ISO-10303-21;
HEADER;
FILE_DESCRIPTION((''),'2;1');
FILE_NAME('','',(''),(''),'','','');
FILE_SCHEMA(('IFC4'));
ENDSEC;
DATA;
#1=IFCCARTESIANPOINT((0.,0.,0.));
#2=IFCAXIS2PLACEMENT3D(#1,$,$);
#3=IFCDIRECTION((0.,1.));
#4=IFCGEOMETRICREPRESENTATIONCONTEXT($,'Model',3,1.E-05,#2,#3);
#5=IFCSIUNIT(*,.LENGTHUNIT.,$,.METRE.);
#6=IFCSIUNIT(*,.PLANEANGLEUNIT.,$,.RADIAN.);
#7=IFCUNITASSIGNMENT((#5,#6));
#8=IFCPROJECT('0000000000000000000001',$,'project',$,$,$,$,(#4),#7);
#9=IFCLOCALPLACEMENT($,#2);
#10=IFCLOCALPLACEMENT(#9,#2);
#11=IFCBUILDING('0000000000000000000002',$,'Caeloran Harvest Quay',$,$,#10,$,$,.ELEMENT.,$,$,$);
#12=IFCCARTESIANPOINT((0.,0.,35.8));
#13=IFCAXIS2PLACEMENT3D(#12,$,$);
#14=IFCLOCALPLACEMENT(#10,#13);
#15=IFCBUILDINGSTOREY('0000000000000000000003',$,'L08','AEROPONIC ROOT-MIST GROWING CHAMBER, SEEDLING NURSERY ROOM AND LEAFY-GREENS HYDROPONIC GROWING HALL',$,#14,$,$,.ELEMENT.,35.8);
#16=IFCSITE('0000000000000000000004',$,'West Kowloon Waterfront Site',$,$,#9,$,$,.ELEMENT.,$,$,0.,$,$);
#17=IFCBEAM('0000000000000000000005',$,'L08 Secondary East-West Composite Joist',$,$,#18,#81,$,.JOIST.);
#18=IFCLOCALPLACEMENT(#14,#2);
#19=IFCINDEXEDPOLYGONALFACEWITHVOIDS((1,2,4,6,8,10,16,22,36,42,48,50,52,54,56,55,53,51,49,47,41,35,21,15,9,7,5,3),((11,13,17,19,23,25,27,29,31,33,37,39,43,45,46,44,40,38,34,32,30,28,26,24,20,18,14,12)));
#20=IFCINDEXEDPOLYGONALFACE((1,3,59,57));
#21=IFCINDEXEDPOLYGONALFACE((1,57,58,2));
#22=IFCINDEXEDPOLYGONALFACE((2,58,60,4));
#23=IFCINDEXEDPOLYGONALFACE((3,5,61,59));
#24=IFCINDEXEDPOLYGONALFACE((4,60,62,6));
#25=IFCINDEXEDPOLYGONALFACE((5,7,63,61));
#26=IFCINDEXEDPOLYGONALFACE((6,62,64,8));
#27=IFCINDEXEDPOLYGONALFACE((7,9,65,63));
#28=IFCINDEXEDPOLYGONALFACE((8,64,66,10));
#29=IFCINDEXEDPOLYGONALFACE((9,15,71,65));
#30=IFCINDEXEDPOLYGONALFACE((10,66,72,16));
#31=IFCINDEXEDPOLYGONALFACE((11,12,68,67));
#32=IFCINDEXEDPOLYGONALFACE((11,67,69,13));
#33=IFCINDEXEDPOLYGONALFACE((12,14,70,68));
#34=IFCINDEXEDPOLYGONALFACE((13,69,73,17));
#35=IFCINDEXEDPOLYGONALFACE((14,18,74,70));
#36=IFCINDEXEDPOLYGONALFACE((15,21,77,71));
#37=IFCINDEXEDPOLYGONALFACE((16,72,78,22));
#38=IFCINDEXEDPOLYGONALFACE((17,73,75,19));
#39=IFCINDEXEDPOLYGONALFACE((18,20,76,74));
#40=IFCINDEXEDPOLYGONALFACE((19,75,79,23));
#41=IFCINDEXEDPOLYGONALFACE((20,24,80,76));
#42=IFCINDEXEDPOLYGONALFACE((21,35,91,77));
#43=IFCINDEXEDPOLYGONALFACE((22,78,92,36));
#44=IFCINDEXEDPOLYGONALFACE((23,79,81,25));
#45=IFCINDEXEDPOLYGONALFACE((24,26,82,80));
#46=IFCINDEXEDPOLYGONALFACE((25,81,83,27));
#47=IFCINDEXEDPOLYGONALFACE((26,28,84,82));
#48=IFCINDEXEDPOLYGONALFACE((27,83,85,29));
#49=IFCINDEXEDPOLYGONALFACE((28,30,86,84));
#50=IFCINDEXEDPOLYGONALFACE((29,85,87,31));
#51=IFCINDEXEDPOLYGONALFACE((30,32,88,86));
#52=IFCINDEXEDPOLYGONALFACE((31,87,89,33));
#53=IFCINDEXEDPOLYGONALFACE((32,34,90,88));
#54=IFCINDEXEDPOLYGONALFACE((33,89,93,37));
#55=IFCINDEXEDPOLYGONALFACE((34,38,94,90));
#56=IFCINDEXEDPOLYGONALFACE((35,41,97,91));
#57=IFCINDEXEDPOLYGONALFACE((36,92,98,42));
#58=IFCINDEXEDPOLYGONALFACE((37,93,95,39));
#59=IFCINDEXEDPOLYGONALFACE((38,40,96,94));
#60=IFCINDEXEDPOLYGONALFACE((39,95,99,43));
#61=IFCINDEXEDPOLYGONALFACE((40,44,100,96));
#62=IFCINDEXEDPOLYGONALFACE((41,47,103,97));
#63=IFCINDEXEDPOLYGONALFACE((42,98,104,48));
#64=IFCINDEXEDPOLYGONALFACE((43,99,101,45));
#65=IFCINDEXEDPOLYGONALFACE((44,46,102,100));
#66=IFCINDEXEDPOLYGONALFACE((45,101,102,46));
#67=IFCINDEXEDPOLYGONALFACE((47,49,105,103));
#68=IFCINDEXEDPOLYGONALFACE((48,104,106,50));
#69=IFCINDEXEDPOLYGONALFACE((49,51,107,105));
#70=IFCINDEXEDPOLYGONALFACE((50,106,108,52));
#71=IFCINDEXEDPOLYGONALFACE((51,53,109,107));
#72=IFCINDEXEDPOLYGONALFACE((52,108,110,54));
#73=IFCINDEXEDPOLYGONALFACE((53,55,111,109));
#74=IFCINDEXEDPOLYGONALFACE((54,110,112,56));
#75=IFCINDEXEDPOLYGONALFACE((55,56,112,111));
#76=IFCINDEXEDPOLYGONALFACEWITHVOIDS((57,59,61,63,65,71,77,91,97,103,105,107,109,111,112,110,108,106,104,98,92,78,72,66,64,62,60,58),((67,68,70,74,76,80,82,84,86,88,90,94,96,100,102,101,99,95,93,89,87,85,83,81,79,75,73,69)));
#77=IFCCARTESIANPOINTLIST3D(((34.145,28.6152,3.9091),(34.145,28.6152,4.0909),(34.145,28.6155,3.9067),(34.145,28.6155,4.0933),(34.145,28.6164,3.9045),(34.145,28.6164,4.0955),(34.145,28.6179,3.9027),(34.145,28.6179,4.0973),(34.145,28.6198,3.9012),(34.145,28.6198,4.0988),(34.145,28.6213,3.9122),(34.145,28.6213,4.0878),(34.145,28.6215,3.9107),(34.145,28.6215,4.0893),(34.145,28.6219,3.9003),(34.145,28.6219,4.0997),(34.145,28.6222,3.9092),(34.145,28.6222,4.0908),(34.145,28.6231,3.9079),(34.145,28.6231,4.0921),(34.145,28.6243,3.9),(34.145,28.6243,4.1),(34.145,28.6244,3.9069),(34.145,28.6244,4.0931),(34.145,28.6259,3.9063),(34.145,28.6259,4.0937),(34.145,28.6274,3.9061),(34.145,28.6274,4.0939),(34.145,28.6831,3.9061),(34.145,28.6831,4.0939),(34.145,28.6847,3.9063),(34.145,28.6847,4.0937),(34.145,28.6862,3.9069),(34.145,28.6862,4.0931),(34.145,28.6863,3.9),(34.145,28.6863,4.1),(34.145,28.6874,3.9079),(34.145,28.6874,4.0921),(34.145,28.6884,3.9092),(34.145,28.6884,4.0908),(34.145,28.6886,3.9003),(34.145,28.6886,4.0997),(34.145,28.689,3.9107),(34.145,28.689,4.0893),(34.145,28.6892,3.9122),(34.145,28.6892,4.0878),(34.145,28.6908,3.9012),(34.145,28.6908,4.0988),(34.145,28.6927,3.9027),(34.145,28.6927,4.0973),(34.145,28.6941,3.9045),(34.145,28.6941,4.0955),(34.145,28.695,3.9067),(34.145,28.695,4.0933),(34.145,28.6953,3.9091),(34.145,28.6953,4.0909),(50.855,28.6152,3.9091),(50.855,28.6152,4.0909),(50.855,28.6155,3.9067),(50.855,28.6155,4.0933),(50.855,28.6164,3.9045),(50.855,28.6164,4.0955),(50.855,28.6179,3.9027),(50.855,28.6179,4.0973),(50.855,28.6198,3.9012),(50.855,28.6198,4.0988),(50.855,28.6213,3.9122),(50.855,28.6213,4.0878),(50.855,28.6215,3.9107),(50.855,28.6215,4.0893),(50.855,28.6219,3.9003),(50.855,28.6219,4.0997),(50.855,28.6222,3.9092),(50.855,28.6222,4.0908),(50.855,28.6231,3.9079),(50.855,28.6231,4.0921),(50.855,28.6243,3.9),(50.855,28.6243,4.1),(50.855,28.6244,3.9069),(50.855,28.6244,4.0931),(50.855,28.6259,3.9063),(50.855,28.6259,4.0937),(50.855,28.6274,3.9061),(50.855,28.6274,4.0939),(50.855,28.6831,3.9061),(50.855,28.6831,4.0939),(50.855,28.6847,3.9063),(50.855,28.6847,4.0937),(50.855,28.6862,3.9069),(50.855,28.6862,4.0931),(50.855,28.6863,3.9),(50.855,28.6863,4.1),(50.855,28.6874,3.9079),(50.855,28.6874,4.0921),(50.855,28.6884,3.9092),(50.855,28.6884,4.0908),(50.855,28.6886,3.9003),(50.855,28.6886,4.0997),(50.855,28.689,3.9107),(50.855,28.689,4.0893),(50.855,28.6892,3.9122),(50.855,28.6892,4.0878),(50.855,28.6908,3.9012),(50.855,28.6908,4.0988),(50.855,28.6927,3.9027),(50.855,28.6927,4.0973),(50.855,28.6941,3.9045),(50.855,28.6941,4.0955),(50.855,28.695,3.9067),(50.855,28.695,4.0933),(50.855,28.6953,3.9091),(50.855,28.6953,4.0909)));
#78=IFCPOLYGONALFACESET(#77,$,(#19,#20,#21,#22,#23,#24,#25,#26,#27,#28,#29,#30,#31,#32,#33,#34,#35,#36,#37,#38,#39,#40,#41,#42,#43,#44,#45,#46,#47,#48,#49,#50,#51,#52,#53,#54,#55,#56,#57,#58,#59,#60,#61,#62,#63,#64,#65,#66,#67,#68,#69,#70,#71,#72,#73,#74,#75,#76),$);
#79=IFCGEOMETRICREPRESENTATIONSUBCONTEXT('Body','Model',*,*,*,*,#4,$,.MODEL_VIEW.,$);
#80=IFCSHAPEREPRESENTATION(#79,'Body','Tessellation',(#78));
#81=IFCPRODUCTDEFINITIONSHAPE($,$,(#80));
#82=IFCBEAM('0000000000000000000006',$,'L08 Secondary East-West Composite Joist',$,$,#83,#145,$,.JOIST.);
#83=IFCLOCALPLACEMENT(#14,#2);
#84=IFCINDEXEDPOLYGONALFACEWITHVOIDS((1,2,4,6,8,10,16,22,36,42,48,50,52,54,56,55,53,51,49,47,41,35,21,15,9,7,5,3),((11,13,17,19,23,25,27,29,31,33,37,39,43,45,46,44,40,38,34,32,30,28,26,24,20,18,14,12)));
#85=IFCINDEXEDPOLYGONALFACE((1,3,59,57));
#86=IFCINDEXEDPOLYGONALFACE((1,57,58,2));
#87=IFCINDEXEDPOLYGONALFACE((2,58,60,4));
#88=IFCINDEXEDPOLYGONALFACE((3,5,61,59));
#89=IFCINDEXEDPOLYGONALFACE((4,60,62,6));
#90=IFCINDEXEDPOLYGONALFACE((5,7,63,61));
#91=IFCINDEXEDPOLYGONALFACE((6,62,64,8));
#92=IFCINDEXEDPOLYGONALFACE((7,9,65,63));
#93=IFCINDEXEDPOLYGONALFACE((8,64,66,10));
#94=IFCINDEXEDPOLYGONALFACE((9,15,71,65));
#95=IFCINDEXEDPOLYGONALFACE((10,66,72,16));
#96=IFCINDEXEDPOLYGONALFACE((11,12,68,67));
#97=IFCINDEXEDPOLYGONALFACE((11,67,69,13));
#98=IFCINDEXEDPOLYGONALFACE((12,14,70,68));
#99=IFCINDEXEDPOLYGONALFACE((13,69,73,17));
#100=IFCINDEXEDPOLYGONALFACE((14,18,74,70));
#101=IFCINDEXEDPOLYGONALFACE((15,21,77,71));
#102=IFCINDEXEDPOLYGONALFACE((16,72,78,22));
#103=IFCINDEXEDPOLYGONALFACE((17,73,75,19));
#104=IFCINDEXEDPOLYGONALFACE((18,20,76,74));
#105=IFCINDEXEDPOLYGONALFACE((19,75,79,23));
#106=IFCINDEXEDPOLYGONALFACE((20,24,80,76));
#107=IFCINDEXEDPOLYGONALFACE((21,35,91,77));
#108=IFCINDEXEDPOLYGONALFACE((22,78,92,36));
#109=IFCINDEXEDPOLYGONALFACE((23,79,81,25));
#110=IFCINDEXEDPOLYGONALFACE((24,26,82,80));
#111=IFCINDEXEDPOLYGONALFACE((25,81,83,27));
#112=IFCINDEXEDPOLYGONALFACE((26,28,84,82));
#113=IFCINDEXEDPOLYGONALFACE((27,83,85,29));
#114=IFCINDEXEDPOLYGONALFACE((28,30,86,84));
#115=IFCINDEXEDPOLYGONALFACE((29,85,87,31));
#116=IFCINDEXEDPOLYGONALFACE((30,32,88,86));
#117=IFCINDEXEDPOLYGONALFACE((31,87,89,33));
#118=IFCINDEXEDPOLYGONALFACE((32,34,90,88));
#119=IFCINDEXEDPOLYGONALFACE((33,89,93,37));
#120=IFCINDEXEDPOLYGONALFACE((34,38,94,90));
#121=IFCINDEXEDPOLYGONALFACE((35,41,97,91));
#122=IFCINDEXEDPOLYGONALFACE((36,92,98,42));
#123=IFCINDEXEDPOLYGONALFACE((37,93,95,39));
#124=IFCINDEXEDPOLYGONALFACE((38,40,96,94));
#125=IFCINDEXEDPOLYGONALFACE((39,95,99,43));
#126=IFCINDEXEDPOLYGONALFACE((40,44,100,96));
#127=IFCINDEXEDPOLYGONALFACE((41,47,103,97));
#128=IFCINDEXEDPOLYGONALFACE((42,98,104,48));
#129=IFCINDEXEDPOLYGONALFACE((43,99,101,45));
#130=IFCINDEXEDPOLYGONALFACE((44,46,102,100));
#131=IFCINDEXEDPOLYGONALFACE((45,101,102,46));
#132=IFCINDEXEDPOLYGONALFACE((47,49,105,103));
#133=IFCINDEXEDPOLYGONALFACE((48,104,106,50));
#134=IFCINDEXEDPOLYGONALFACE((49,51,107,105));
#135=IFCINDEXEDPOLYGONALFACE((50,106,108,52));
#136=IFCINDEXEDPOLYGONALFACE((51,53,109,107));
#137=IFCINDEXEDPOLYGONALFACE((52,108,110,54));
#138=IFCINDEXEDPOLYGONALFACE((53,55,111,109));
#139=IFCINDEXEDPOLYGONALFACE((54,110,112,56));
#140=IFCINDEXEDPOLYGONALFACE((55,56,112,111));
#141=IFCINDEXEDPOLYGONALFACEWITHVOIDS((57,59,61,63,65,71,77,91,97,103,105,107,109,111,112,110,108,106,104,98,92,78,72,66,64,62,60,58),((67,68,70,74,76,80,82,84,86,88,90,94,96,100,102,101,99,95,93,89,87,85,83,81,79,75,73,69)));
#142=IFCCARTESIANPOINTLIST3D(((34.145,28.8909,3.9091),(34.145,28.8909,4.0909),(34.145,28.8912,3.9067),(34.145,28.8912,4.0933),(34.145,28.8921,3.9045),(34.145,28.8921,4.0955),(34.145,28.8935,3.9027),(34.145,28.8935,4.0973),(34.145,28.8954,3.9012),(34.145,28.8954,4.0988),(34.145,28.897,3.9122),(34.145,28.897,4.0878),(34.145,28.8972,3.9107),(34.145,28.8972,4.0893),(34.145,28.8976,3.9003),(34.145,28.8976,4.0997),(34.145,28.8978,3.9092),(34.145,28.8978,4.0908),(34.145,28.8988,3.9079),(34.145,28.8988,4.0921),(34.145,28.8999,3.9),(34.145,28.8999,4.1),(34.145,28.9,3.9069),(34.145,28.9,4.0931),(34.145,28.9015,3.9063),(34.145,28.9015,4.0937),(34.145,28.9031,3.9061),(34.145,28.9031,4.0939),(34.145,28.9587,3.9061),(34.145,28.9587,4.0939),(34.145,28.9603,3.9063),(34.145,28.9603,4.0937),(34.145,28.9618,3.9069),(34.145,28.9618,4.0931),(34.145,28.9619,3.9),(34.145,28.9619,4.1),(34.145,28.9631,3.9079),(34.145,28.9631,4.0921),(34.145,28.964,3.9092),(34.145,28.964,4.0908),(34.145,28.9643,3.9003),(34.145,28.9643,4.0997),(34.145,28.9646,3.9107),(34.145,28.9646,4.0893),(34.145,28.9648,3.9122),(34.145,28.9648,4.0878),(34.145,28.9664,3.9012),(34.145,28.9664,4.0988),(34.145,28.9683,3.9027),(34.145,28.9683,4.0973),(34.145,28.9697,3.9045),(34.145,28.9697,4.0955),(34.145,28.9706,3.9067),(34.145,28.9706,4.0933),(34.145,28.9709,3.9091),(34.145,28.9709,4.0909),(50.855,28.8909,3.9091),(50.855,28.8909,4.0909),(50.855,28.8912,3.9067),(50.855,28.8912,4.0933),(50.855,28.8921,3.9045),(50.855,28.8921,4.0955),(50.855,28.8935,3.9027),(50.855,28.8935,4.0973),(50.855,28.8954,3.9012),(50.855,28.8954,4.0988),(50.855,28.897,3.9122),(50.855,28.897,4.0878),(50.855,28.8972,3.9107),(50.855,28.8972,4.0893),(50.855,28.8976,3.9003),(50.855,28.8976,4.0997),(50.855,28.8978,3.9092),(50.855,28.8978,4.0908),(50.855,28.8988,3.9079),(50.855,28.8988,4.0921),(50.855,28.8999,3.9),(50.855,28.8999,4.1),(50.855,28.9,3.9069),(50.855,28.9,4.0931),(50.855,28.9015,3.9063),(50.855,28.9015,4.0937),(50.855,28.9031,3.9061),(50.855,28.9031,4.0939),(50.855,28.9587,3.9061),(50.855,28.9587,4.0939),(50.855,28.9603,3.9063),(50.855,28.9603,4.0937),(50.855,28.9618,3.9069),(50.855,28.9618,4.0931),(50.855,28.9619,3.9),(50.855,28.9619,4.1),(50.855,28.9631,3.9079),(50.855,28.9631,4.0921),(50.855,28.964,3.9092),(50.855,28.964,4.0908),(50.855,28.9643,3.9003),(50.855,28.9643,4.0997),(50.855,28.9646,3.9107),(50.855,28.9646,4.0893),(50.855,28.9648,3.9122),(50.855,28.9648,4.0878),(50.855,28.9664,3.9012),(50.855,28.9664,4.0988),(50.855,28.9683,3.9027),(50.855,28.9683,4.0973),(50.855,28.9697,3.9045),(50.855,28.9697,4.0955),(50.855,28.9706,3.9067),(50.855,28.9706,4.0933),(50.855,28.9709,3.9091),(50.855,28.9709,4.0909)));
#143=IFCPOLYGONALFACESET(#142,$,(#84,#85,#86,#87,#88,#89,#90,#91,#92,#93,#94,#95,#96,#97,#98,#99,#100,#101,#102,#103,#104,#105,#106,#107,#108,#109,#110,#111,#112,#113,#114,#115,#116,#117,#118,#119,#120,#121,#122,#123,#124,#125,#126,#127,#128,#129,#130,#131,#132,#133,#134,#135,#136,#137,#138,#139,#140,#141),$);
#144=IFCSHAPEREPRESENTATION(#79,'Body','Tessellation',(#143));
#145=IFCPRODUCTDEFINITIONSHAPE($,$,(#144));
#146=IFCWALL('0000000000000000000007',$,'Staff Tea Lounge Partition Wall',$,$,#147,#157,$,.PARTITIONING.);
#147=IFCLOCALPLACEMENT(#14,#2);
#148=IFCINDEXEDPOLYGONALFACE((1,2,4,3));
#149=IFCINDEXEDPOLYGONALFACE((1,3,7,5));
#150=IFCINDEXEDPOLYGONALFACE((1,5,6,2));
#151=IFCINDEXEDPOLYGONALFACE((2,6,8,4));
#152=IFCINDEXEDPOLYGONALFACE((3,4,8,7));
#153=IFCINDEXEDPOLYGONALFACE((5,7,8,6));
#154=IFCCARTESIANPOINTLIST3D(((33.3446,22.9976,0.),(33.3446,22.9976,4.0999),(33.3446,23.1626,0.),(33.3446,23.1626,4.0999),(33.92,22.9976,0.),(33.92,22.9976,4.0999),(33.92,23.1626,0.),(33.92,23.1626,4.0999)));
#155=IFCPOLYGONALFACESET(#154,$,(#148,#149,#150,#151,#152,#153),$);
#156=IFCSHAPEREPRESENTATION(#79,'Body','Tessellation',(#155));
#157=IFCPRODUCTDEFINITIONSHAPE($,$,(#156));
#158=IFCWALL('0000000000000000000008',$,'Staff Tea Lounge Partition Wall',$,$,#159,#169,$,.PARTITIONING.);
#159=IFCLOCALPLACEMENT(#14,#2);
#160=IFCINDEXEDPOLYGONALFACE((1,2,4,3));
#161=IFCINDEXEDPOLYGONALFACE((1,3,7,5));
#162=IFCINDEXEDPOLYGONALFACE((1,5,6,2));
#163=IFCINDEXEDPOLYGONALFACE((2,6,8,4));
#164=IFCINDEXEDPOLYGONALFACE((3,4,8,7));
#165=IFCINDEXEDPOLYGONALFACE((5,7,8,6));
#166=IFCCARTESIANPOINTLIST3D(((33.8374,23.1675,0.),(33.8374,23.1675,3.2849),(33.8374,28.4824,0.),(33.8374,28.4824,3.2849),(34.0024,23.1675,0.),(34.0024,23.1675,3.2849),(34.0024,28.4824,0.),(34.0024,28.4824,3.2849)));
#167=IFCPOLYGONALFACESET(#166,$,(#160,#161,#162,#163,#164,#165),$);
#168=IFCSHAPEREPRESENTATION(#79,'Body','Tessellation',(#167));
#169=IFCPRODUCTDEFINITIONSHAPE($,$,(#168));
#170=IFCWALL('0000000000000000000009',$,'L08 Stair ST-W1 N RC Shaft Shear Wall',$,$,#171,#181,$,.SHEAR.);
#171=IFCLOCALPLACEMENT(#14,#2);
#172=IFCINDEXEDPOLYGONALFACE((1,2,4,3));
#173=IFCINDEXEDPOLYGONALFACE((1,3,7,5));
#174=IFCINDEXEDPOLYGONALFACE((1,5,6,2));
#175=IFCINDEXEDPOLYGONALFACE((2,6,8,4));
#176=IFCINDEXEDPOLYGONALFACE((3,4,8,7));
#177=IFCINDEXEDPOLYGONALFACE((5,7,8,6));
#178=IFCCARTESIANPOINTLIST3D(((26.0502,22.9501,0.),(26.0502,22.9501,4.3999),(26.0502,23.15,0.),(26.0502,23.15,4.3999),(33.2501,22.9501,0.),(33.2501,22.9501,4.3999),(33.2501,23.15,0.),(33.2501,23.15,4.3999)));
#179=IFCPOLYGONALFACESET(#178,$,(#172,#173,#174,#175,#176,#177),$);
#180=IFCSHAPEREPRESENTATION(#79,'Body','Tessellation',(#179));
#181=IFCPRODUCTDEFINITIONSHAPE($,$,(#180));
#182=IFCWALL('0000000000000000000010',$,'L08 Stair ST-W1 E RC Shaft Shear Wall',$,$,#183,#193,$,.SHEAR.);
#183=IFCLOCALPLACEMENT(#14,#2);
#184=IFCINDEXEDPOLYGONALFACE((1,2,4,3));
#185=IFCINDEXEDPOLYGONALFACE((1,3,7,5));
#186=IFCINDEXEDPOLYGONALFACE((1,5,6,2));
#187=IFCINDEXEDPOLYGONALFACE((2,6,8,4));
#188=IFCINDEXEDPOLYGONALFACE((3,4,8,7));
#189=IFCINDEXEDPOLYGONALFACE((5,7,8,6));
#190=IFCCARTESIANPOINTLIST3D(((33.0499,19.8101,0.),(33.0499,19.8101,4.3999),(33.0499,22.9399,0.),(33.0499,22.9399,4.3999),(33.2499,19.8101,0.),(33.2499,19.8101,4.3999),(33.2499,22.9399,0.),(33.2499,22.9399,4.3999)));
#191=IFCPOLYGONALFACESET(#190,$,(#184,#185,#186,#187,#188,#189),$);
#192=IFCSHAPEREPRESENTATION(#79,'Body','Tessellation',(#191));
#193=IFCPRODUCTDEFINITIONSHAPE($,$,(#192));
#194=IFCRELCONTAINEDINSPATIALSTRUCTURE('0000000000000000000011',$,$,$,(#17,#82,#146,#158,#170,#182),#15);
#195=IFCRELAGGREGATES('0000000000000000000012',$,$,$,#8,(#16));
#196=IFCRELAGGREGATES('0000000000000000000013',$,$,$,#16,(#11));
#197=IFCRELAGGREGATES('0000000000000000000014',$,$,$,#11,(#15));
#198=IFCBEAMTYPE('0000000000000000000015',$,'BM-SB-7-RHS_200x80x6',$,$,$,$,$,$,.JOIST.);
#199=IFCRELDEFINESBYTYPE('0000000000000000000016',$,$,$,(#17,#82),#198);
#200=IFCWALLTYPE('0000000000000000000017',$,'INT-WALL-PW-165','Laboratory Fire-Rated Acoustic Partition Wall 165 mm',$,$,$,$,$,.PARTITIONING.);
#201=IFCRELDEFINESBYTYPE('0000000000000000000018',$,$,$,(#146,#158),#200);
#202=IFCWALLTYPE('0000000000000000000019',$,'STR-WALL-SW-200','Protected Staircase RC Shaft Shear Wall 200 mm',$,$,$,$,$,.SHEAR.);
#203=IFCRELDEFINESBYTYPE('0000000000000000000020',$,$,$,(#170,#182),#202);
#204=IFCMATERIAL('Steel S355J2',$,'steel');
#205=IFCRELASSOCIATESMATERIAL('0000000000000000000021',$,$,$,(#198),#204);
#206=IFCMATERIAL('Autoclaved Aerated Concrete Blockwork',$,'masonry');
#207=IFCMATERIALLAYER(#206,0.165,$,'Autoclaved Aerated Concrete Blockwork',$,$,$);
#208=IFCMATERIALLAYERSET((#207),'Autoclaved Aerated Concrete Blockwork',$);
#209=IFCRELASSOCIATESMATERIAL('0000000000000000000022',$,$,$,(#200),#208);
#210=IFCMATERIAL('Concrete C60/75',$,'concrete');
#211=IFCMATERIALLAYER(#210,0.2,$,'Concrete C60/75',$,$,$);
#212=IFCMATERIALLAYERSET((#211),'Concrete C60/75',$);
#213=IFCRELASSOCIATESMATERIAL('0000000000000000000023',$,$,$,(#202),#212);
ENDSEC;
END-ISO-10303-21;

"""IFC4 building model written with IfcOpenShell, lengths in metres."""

from ifc_helpers import new_model, si_unit, direction, frame, frame_2d, origin, origin_2d, place, context, subcontext, project, spatial, rectangle, hollow_rectangle, extrude, material, layer, layer_set, material_profile, profile_set, type_object, element, save


model = new_model("IFC4")

# Units and contexts
model_context = context("Model", 3, precision=1e-05, world=origin(), true_north=direction((0.0, 1.0)))
body_context = subcontext(model_context, "Body", "Model", "MODEL_VIEW")
ifc_project = project(units=[si_unit("LENGTHUNIT", "METRE"), si_unit("PLANEANGLEUNIT", "RADIAN")], contexts=[model_context])

# Site, building, storey
site_placement = place(None, origin())
site = spatial("IfcSite", under=ifc_project, at=site_placement, Name="West Kowloon Waterfront Site", CompositionType="ELEMENT", RefElevation=0.0)
building_placement = place(site_placement, origin())
building = spatial("IfcBuilding", under=site, at=building_placement, Name="Caeloran Harvest Quay", CompositionType="ELEMENT")
storey_placement = place(building_placement, frame((0.0, 0.0, 35.8)))
storey = spatial("IfcBuildingStorey", under=building, at=storey_placement, Name="L08", Description="AEROPONIC ROOT-MIST GROWING CHAMBER, SEEDLING NURSERY ROOM AND LEAFY-GREENS HYDROPONIC GROWING HALL", CompositionType="ELEMENT", Elevation=35.8)

# Beams
ifc_material_1 = material(Name="Steel S355J2", Category="steel")
ifc_material_profile_1 = material_profile(ifc_material_1, hollow_rectangle(XDim=0.0801, YDim=0.2, WallThickness=0.0061, InnerFilletRadius=0.0061, OuterFilletRadius=0.009, at=origin_2d()), Name="RHS 200x80x6")
ifc_profile_set_1 = profile_set([ifc_material_profile_1], Name="Steel S355J2")
beam_type_1 = type_object("IfcBeamType", Name="BM-SB-7-RHS_200x80x6", PredefinedType="JOIST", material=ifc_profile_set_1)
for number, where, z_axis, x_axis, name in (
    (1, (34.145, 28.6553, 4.0), (1.0, 0.0, 0.0), (0.0, 1.0, 0.0), "L08 Secondary East-West Composite Joist"),
    (2, (34.145, 28.9309, 4.0), (1.0, 0.0, 0.0), (0.0, 1.0, 0.0), "L08 Secondary East-West Composite Joist"),
):
    element("IfcBeam", number, at=place(storey_placement, frame(where, z_axis=z_axis, x_axis=x_axis)), inside=storey, type_object=beam_type_1, Name=name, PredefinedType="JOIST", context=body_context, shape_type="SweptSolid", body=[
        extrude(hollow_rectangle(XDim=0.0801, YDim=0.2, WallThickness=0.0061, InnerFilletRadius=0.0061, OuterFilletRadius=0.009, at=origin_2d()), origin(), (0.0, 0.0, 1.0), 16.71),
    ])

# Walls
ifc_material_2 = material(Name="Autoclaved Aerated Concrete Blockwork", Category="masonry")
ifc_layer_1 = layer(ifc_material_2, 0.165, Name="Autoclaved Aerated Concrete Blockwork")
ifc_layer_set_1 = layer_set([ifc_layer_1], Name="Autoclaved Aerated Concrete Blockwork")
wall_type_1 = type_object("IfcWallType", Name="INT-WALL-PW-165", Description="Laboratory Fire-Rated Acoustic Partition Wall 165 mm", PredefinedType="PARTITIONING", material=ifc_layer_set_1)
wall_1_placement = place(storey_placement, frame((33.9199, 23.0801, 0.0), z_axis=(0.0, 0.0, 1.0), x_axis=(-1.0, 0.0, 0.0)))
element("IfcWall", 3, at=wall_1_placement, inside=storey, type_object=wall_type_1, Name="Staff Tea Lounge Partition Wall", PredefinedType="PARTITIONING", context=body_context, shape_type="SweptSolid", body=[
    extrude(rectangle(XDim=0.5754, YDim=0.165, at=frame_2d((0.2876, 0.0))), origin(), (0.0, 0.0, 1.0), 4.0999),
])
wall_2_placement = place(storey_placement, frame((33.9199, 28.4824, 0.0), z_axis=(0.0, 0.0, 1.0), x_axis=(0.0, -1.0, 0.0)))
element("IfcWall", 4, at=wall_2_placement, inside=storey, type_object=wall_type_1, Name="Staff Tea Lounge Partition Wall", PredefinedType="PARTITIONING", context=body_context, shape_type="SweptSolid", body=[
    extrude(rectangle(XDim=5.3149, YDim=0.165, at=frame_2d((2.6575, 0.0))), origin(), (0.0, 0.0, 1.0), 3.2849),
])
ifc_material_3 = material(Name="Concrete C60/75", Category="concrete")
ifc_layer_2 = layer(ifc_material_3, 0.2, Name="Concrete C60/75")
ifc_layer_set_2 = layer_set([ifc_layer_2], Name="Concrete C60/75")
wall_type_2 = type_object("IfcWallType", Name="STR-WALL-SW-200", Description="Protected Staircase RC Shaft Shear Wall 200 mm", PredefinedType="SHEAR", material=ifc_layer_set_2)
wall_3_placement = place(storey_placement, frame((26.05, 23.05, 0.0), z_axis=(0.0, 0.0, 1.0), x_axis=(1.0, 0.0, 0.0)))
element("IfcWall", 5, at=wall_3_placement, inside=storey, type_object=wall_type_2, Name="L08 Stair ST-W1 N RC Shaft Shear Wall", PredefinedType="SHEAR", context=body_context, shape_type="SweptSolid", body=[
    extrude(rectangle(XDim=7.2, YDim=0.2, at=frame_2d((3.6001, 0.0))), origin(), (0.0, 0.0, 1.0), 4.3999),
])
wall_4_placement = place(storey_placement, frame((33.1499, 19.8101, 0.0), z_axis=(0.0, 0.0, 1.0), x_axis=(0.0, 1.0, 0.0)))
element("IfcWall", 6, at=wall_4_placement, inside=storey, type_object=wall_type_2, Name="L08 Stair ST-W1 E RC Shaft Shear Wall", PredefinedType="SHEAR", context=body_context, shape_type="SweptSolid", body=[
    extrude(rectangle(XDim=3.1299, YDim=0.2, at=frame_2d((1.5649, 0.0))), origin(), (0.0, 0.0, 1.0), 4.3999),
])

save(model, "model.ifc")
